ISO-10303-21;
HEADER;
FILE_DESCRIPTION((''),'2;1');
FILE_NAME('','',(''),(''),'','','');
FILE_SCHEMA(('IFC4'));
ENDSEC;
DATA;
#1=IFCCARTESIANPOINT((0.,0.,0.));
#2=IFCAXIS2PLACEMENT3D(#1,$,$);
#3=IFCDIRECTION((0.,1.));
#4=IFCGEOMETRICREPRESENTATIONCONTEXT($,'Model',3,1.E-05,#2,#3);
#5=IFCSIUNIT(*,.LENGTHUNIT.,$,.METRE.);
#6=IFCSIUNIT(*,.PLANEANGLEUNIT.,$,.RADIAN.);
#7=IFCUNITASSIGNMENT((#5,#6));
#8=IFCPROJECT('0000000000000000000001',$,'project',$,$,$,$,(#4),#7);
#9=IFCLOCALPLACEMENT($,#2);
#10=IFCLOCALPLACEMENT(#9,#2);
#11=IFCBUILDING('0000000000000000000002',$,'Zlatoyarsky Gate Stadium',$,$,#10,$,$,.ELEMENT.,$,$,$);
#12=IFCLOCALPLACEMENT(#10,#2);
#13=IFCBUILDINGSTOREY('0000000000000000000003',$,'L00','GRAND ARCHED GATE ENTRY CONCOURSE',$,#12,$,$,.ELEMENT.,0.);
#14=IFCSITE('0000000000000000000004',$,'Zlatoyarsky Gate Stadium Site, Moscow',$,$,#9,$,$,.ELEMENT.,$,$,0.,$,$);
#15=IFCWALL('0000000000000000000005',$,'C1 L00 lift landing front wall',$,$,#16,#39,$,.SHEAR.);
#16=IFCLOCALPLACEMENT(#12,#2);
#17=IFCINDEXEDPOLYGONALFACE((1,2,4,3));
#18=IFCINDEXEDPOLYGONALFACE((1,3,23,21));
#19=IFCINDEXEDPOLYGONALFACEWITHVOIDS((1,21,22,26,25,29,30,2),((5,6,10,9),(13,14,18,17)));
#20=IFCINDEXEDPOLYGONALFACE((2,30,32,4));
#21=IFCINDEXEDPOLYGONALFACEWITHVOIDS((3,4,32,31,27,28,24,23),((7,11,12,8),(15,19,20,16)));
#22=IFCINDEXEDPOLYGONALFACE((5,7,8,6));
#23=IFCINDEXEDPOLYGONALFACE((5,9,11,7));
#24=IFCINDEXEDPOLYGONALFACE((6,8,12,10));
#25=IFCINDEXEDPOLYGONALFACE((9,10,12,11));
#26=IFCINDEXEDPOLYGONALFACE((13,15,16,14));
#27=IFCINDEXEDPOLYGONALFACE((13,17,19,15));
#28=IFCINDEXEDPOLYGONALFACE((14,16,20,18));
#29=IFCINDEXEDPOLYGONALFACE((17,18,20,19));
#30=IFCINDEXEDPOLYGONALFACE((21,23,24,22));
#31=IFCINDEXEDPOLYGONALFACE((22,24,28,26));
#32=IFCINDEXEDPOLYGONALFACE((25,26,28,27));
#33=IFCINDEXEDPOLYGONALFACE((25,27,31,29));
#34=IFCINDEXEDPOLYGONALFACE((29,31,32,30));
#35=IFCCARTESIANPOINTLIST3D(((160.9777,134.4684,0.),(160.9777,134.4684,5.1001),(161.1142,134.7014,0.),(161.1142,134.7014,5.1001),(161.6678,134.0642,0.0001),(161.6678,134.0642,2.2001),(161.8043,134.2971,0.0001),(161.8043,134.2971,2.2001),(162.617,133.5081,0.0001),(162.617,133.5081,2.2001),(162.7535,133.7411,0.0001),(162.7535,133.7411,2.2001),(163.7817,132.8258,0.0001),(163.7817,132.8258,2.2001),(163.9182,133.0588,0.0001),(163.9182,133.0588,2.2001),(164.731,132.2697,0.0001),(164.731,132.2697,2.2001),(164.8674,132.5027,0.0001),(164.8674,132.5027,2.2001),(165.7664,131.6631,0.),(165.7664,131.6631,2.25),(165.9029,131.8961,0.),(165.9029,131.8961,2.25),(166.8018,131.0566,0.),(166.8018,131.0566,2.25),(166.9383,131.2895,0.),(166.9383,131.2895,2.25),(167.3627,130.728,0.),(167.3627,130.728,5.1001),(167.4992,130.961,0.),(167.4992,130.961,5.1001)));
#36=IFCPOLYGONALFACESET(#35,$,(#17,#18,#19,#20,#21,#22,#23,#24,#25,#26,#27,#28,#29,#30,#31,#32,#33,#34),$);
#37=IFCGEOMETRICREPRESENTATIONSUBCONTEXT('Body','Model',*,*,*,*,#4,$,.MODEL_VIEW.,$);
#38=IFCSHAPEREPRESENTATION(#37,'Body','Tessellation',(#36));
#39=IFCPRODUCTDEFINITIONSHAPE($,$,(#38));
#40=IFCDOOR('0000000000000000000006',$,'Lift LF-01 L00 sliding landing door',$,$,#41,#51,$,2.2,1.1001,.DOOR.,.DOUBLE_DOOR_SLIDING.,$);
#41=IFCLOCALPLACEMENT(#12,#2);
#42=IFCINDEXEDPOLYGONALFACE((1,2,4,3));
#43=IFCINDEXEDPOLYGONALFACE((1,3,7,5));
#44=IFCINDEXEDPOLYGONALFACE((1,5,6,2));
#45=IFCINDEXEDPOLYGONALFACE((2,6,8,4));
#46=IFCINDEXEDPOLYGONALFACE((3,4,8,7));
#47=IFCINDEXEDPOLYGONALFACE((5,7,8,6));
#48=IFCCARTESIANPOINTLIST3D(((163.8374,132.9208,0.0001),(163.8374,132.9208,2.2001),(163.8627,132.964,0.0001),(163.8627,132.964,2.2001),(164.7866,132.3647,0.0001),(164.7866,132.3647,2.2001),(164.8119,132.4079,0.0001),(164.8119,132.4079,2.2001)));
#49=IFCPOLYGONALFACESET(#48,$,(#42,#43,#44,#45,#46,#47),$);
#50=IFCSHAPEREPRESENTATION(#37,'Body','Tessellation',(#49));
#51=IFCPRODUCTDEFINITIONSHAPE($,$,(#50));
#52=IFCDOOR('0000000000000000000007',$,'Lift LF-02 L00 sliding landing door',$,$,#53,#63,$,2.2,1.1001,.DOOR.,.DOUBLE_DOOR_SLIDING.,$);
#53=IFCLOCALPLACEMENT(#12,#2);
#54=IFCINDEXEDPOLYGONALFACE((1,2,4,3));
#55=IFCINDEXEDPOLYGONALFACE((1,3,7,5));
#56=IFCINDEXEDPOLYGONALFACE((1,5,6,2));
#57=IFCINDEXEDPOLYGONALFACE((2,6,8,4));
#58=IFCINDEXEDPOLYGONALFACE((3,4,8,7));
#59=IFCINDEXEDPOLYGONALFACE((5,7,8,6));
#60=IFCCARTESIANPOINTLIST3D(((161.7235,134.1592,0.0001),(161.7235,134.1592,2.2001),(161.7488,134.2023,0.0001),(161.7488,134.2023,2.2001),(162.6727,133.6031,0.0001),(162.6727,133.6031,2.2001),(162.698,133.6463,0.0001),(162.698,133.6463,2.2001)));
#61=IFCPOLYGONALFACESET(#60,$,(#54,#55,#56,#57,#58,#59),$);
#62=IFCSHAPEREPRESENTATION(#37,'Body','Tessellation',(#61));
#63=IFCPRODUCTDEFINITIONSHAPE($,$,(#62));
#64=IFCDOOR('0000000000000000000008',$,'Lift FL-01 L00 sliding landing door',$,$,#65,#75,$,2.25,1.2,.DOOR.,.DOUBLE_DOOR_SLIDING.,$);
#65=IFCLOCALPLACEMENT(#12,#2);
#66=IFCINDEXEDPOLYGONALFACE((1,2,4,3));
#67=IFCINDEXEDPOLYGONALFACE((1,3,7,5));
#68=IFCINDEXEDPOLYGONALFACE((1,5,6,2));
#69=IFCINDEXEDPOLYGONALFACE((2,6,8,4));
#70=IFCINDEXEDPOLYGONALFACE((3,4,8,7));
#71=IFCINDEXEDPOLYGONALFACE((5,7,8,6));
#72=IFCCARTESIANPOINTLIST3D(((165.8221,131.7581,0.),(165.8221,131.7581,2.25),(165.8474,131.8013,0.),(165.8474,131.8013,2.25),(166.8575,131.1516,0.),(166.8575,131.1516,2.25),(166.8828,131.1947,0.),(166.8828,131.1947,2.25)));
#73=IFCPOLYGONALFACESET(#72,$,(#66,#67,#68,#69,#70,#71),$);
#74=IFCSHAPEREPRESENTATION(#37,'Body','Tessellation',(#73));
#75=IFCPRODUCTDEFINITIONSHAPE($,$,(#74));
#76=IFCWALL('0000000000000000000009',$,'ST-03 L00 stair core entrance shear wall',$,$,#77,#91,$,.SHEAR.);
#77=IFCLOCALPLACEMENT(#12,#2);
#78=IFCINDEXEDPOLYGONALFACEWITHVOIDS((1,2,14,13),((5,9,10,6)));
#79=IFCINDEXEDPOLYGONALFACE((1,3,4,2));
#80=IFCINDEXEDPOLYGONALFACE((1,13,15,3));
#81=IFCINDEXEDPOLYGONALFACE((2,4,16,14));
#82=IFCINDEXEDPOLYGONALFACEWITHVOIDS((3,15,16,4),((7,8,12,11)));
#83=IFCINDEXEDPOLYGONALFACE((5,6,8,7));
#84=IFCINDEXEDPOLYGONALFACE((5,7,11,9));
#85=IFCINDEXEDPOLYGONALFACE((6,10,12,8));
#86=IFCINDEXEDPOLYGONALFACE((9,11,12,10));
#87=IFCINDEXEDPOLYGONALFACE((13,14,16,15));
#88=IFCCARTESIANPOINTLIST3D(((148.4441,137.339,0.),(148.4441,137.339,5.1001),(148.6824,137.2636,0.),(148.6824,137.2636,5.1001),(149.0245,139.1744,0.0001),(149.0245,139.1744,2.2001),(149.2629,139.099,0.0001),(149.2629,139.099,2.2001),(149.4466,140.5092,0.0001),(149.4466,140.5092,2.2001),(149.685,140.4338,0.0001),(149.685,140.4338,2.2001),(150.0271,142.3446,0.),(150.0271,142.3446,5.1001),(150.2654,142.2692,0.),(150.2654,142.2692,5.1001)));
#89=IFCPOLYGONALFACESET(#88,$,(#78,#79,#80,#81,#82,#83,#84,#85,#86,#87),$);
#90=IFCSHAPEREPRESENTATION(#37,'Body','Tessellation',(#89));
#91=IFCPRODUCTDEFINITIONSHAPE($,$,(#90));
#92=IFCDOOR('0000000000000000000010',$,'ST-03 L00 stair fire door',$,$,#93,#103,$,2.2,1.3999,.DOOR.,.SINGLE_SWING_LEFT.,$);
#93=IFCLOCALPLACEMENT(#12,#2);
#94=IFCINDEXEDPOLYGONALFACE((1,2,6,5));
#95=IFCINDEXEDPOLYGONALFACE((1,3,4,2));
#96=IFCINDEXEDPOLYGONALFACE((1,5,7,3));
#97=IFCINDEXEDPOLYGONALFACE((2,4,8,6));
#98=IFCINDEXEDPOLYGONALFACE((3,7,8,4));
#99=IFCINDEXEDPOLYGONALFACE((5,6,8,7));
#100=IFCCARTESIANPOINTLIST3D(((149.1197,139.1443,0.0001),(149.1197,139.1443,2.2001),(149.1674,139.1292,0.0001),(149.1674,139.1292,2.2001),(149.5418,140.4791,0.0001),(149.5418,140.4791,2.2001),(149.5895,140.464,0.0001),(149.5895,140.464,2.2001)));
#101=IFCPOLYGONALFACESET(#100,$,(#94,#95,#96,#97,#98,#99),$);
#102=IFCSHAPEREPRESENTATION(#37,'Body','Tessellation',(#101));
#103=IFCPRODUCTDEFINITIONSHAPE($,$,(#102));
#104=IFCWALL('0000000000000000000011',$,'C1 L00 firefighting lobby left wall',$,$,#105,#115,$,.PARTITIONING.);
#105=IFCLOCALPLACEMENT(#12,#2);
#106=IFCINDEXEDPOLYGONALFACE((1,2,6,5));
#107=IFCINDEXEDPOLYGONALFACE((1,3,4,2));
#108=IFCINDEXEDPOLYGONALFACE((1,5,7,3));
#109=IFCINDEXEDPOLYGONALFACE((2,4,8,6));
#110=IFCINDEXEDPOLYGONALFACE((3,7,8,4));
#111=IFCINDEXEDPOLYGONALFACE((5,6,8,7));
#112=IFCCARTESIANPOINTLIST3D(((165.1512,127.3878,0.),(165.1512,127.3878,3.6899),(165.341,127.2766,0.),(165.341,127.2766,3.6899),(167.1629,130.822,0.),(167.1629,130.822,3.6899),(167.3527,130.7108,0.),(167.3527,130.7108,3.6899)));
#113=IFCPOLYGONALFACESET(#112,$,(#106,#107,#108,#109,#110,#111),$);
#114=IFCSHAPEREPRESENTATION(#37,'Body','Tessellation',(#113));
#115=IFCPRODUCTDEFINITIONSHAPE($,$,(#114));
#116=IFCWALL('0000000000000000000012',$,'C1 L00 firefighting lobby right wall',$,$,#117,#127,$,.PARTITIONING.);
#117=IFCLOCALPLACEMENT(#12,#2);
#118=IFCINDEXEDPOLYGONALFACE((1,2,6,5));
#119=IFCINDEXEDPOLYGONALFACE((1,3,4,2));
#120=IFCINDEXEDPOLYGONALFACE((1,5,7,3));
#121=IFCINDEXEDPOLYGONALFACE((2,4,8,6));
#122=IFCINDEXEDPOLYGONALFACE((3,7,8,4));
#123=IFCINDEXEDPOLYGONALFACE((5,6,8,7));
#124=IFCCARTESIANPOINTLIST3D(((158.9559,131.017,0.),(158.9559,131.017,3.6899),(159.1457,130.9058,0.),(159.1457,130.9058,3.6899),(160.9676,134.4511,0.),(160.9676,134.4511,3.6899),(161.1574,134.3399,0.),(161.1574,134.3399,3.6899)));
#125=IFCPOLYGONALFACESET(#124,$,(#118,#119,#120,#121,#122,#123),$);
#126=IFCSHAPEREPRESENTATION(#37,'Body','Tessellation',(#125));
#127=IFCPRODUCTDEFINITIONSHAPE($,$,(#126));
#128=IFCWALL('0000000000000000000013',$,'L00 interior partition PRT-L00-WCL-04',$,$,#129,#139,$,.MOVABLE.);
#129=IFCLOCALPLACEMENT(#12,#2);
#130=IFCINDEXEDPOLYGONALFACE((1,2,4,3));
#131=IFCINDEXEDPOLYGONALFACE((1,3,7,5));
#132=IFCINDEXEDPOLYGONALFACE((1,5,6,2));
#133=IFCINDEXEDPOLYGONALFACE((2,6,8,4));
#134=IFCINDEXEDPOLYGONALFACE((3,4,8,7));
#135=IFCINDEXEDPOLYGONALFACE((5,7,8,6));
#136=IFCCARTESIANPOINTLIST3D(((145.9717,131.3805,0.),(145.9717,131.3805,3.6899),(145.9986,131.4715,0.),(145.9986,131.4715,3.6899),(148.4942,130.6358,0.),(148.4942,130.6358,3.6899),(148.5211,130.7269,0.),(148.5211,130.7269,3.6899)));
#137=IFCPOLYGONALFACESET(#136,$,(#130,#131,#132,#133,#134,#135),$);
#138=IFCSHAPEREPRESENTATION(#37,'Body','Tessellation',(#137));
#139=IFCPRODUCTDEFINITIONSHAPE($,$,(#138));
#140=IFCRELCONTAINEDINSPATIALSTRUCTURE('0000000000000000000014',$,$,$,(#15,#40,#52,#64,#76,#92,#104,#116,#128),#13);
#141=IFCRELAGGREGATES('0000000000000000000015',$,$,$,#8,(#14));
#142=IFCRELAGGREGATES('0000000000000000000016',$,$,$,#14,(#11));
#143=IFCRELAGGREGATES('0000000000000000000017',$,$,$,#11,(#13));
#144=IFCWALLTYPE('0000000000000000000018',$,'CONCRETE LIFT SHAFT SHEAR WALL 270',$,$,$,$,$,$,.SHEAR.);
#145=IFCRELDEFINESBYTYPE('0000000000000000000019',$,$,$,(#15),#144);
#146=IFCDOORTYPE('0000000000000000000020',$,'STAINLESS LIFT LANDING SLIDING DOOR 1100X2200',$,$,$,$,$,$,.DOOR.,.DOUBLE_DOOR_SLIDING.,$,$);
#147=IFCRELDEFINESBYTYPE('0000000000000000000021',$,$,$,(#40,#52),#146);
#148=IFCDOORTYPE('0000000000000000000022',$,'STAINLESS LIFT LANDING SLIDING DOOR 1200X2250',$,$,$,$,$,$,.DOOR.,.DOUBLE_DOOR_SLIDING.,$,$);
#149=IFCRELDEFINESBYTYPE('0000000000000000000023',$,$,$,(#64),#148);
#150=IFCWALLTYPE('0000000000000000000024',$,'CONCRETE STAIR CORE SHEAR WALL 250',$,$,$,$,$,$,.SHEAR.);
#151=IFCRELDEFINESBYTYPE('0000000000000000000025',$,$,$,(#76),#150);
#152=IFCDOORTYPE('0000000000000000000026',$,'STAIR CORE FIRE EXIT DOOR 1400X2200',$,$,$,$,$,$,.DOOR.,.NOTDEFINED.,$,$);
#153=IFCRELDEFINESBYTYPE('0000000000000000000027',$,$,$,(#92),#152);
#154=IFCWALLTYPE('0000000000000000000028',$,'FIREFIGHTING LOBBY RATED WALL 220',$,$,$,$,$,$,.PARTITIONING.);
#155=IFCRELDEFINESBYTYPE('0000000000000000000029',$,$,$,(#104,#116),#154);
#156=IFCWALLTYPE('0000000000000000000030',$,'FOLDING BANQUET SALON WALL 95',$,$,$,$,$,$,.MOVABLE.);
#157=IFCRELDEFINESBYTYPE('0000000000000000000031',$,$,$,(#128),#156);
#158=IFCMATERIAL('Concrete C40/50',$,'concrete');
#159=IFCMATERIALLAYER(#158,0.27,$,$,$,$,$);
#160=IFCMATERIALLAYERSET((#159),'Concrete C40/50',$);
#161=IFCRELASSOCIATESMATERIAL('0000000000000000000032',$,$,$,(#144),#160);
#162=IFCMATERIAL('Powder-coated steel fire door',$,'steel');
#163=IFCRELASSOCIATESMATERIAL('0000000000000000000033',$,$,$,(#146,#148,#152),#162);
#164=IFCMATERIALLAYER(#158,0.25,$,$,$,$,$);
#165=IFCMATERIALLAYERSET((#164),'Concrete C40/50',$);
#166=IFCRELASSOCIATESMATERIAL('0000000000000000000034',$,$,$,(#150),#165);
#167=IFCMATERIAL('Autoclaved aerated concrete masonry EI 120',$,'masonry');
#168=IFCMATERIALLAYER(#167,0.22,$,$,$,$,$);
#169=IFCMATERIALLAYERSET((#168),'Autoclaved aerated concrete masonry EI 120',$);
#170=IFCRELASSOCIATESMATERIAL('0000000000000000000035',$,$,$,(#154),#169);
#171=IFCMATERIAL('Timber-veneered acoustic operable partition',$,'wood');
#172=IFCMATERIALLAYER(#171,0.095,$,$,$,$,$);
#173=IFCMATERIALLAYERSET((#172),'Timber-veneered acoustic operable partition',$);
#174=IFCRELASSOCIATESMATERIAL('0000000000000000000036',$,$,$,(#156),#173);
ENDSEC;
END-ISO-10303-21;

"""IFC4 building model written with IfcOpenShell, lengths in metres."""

from ifc_helpers import new_model, si_unit, direction, frame, frame_2d, origin, place, context, subcontext, project, spatial, rectangle, extrude, material, layer, layer_set, type_object, element, fill, save


model = new_model("IFC4")

# Units and contexts
model_context = context("Model", 3, precision=1e-05, world=origin(), true_north=direction((0.0, 1.0)))
body_context = subcontext(model_context, "Body", "Model", "MODEL_VIEW")
ifc_project = project(units=[si_unit("LENGTHUNIT", "METRE"), si_unit("PLANEANGLEUNIT", "RADIAN")], contexts=[model_context])

# Site, building, storey
site_placement = place(None, origin())
site = spatial("IfcSite", under=ifc_project, at=site_placement, Name="Zlatoyarsky Gate Stadium Site, Moscow", CompositionType="ELEMENT", RefElevation=0.0)
building_placement = place(site_placement, origin())
building = spatial("IfcBuilding", under=site, at=building_placement, Name="Zlatoyarsky Gate Stadium", CompositionType="ELEMENT")
storey_placement = place(building_placement, origin())
storey = spatial("IfcBuildingStorey", under=building, at=storey_placement, Name="L00", Description="GRAND ARCHED GATE ENTRY CONCOURSE", CompositionType="ELEMENT", Elevation=0.0)

# Shared definitions
ifc_material_1 = material(Name="Concrete C40/50", Category="concrete")

# Shared definitions
ifc_layer_1 = layer(ifc_material_1, 0.27)
ifc_layer_set_1 = layer_set([ifc_layer_1], Name="Concrete C40/50")
wall_type_1 = type_object("IfcWallType", Name="CONCRETE LIFT SHAFT SHEAR WALL 270", PredefinedType="SHEAR", material=ifc_layer_set_1)

# Wall, openings, doors
wall_1_placement = place(storey_placement, frame((167.4309, 130.8445, 0.0), z_axis=(0.0, 0.0, 1.0), x_axis=(-0.862843, 0.505472, 0.0)))
wall_1 = element("IfcWall", 1, at=wall_1_placement, inside=storey, type_object=wall_type_1, Name="C1 L00 lift landing front wall", PredefinedType="SHEAR", context=body_context, shape_type="SweptSolid", body=[
    extrude(rectangle(XDim=7.3999, YDim=0.27, at=frame_2d((3.7, 0.0))), origin(), (0.0, 0.0, 1.0), 5.1001),
])
opening_1_placement = place(wall_1_placement, frame((0.6499, 0.0, 0.0)))
opening_1 = element("IfcOpeningElement", 2, at=opening_1_placement, cuts=wall_1, PredefinedType="OPENING", context=body_context, shape_type="SweptSolid", body=[
    extrude(rectangle(XDim=1.2, YDim=2.25, at=frame_2d((0.6001, 1.125))), frame((0.0, 0.145, 0.0), z_axis=(0.0, -1.0, 0.0), x_axis=(1.0, 0.0, 0.0)), (0.0, 0.0, 1.0), 0.29),
])
opening_2_placement = place(wall_1_placement, frame((3.05, 0.0, 0.0)))
opening_2 = element("IfcOpeningElement", 3, at=opening_2_placement, cuts=wall_1, PredefinedType="OPENING", context=body_context, shape_type="SweptSolid", body=[
    extrude(rectangle(XDim=1.1001, YDim=2.2, at=frame_2d((0.55, 1.1001))), frame((0.0, 0.145, 0.0), z_axis=(0.0, -1.0, 0.0), x_axis=(1.0, 0.0, 0.0)), (0.0, 0.0, 1.0), 0.29),
])
opening_3_placement = place(wall_1_placement, frame((5.5, 0.0, 0.0)))
opening_3 = element("IfcOpeningElement", 4, at=opening_3_placement, cuts=wall_1, PredefinedType="OPENING", context=body_context, shape_type="SweptSolid", body=[
    extrude(rectangle(XDim=1.1001, YDim=2.2, at=frame_2d((0.55, 1.1001))), frame((0.0, 0.145, 0.0), z_axis=(0.0, -1.0, 0.0), x_axis=(1.0, 0.0, 0.0)), (0.0, 0.0, 1.0), 0.29),
])
ifc_material_2 = material(Name="Powder-coated steel fire door", Category="steel")
door_type_1 = type_object("IfcDoorType", Name="STAINLESS LIFT LANDING SLIDING DOOR 1100X2200", OperationType="DOUBLE_DOOR_SLIDING", PredefinedType="DOOR", material=ifc_material_2)
door_1_placement = place(opening_2_placement, origin())
door_1 = element("IfcDoor", 5, at=door_1_placement, inside=storey, type_object=door_type_1, Name="Lift LF-01 L00 sliding landing door", OperationType="DOUBLE_DOOR_SLIDING", OverallHeight=2.2, OverallWidth=1.1001, PredefinedType="DOOR", context=body_context, shape_type="SweptSolid", body=[
    extrude(rectangle(XDim=1.1001, YDim=2.2, at=frame_2d((0.55, 1.1001))), frame((0.0, 0.0249, 0.0), z_axis=(0.0, -1.0, 0.0), x_axis=(1.0, 0.0, 0.0)), (0.0, 0.0, 1.0), 0.05),
])
fill(opening_2, door_1)
door_2_placement = place(opening_3_placement, origin())
door_2 = element("IfcDoor", 6, at=door_2_placement, inside=storey, type_object=door_type_1, Name="Lift LF-02 L00 sliding landing door", OperationType="DOUBLE_DOOR_SLIDING", OverallHeight=2.2, OverallWidth=1.1001, PredefinedType="DOOR", context=body_context, shape_type="SweptSolid", body=[
    extrude(rectangle(XDim=1.1001, YDim=2.2, at=frame_2d((0.55, 1.1001))), frame((0.0, 0.0249, 0.0), z_axis=(0.0, -1.0, 0.0), x_axis=(1.0, 0.0, 0.0)), (0.0, 0.0, 1.0), 0.05),
])
fill(opening_3, door_2)
door_type_2 = type_object("IfcDoorType", Name="STAINLESS LIFT LANDING SLIDING DOOR 1200X2250", OperationType="DOUBLE_DOOR_SLIDING", PredefinedType="DOOR", material=ifc_material_2)
door_3_placement = place(opening_1_placement, origin())
door_3 = element("IfcDoor", 7, at=door_3_placement, inside=storey, type_object=door_type_2, Name="Lift FL-01 L00 sliding landing door", OperationType="DOUBLE_DOOR_SLIDING", OverallHeight=2.25, OverallWidth=1.2, PredefinedType="DOOR", context=body_context, shape_type="SweptSolid", body=[
    extrude(rectangle(XDim=1.2, YDim=2.25, at=frame_2d((0.6001, 1.125))), frame((0.0, 0.0249, 0.0), z_axis=(0.0, -1.0, 0.0), x_axis=(1.0, 0.0, 0.0)), (0.0, 0.0, 1.0), 0.05),
])
fill(opening_1, door_3)

# Wall, opening, door
ifc_layer_2 = layer(ifc_material_1, 0.25)
ifc_layer_set_2 = layer_set([ifc_layer_2], Name="Concrete C40/50")
wall_type_2 = type_object("IfcWallType", Name="CONCRETE STAIR CORE SHEAR WALL 250", PredefinedType="SHEAR", material=ifc_layer_set_2)
wall_2_placement = place(storey_placement, frame((148.5632, 137.3013, 0.0), z_axis=(0.0, 0.0, 1.0), x_axis=(0.301527, 0.953457, 0.0)))
wall_2 = element("IfcWall", 8, at=wall_2_placement, inside=storey, type_object=wall_type_2, Name="ST-03 L00 stair core entrance shear wall", PredefinedType="SHEAR", context=body_context, shape_type="SweptSolid", body=[
    extrude(rectangle(XDim=5.25, YDim=0.25, at=frame_2d((2.625, 0.0))), origin(), (0.0, 0.0, 1.0), 5.1001),
])
opening_4_placement = place(wall_2_placement, frame((1.925, 0.0, 0.0)))
opening_4 = element("IfcOpeningElement", 9, at=opening_4_placement, cuts=wall_2, PredefinedType="OPENING", context=body_context, shape_type="SweptSolid", body=[
    extrude(rectangle(XDim=1.3999, YDim=2.2, at=frame_2d((0.7, 1.1001))), frame((0.0, 0.135, 0.0), z_axis=(0.0, -1.0, 0.0), x_axis=(1.0, 0.0, 0.0)), (0.0, 0.0, 1.0), 0.27),
])
door_type_3 = type_object("IfcDoorType", Name="STAIR CORE FIRE EXIT DOOR 1400X2200", OperationType="NOTDEFINED", PredefinedType="DOOR", material=ifc_material_2)
door_4_placement = place(opening_4_placement, frame((1.3999, 0.0, 0.0), z_axis=(0.0, 0.0, 1.0), x_axis=(-1.0, 0.0, 0.0)))
door_4 = element("IfcDoor", 10, at=door_4_placement, inside=storey, type_object=door_type_3, Name="ST-03 L00 stair fire door", OperationType="SINGLE_SWING_LEFT", OverallHeight=2.2, OverallWidth=1.3999, PredefinedType="DOOR", context=body_context, shape_type="SweptSolid", body=[
    extrude(rectangle(XDim=1.3999, YDim=2.2, at=frame_2d((0.7, 1.1001))), frame((0.0, 0.0249, 0.0), z_axis=(0.0, -1.0, 0.0), x_axis=(1.0, 0.0, 0.0)), (0.0, 0.0, 1.0), 0.05),
])
fill(opening_4, door_4)

# Walls
ifc_material_3 = material(Name="Autoclaved aerated concrete masonry EI 120", Category="masonry")
ifc_layer_3 = layer(ifc_material_3, 0.22)
ifc_layer_set_3 = layer_set([ifc_layer_3], Name="Autoclaved aerated concrete masonry EI 120")
wall_type_3 = type_object("IfcWallType", Name="FIREFIGHTING LOBBY RATED WALL 220", PredefinedType="PARTITIONING", material=ifc_layer_set_3)
for number, where, z_axis, x_axis, name in (
    (11, (167.2578, 130.7664, 0.0), (0.0, 0.0, 1.0), (-0.505464, -0.862847, 0.0), "C1 L00 firefighting lobby left wall"),
    (12, (161.0625, 134.3955, 0.0), (0.0, 0.0, 1.0), (-0.505464, -0.862847, 0.0), "C1 L00 firefighting lobby right wall"),
):
    element("IfcWall", number, at=place(storey_placement, frame(where, z_axis=z_axis, x_axis=x_axis)), inside=storey, type_object=wall_type_3, Name=name, PredefinedType="PARTITIONING", context=body_context, shape_type="SweptSolid", body=[
        extrude(rectangle(XDim=3.98, YDim=0.22, at=frame_2d((1.99, 0.0))), origin(), (0.0, 0.0, 1.0), 3.6899),
    ])
ifc_material_4 = material(Name="Timber-veneered acoustic operable partition", Category="wood")
ifc_layer_4 = layer(ifc_material_4, 0.095)
ifc_layer_set_4 = layer_set([ifc_layer_4], Name="Timber-veneered acoustic operable partition")
wall_type_4 = type_object("IfcWallType", Name="FOLDING BANQUET SALON WALL 95", PredefinedType="MOVABLE", material=ifc_layer_set_4)
wall_3_placement = place(storey_placement, frame((148.5076, 130.6814, 0.0), z_axis=(0.0, 0.0, 1.0), x_axis=(-0.959084, 0.283121, 0.0)))
element("IfcWall", 13, at=wall_3_placement, inside=storey, type_object=wall_type_4, Name="L00 interior partition PRT-L00-WCL-04", PredefinedType="MOVABLE", context=body_context, shape_type="SweptSolid", body=[
    extrude(rectangle(XDim=2.6301, YDim=0.095, at=frame_2d((1.3149, 0.0))), origin(), (0.0, 0.0, 1.0), 3.6899),
])

save(model, "model.ifc")
